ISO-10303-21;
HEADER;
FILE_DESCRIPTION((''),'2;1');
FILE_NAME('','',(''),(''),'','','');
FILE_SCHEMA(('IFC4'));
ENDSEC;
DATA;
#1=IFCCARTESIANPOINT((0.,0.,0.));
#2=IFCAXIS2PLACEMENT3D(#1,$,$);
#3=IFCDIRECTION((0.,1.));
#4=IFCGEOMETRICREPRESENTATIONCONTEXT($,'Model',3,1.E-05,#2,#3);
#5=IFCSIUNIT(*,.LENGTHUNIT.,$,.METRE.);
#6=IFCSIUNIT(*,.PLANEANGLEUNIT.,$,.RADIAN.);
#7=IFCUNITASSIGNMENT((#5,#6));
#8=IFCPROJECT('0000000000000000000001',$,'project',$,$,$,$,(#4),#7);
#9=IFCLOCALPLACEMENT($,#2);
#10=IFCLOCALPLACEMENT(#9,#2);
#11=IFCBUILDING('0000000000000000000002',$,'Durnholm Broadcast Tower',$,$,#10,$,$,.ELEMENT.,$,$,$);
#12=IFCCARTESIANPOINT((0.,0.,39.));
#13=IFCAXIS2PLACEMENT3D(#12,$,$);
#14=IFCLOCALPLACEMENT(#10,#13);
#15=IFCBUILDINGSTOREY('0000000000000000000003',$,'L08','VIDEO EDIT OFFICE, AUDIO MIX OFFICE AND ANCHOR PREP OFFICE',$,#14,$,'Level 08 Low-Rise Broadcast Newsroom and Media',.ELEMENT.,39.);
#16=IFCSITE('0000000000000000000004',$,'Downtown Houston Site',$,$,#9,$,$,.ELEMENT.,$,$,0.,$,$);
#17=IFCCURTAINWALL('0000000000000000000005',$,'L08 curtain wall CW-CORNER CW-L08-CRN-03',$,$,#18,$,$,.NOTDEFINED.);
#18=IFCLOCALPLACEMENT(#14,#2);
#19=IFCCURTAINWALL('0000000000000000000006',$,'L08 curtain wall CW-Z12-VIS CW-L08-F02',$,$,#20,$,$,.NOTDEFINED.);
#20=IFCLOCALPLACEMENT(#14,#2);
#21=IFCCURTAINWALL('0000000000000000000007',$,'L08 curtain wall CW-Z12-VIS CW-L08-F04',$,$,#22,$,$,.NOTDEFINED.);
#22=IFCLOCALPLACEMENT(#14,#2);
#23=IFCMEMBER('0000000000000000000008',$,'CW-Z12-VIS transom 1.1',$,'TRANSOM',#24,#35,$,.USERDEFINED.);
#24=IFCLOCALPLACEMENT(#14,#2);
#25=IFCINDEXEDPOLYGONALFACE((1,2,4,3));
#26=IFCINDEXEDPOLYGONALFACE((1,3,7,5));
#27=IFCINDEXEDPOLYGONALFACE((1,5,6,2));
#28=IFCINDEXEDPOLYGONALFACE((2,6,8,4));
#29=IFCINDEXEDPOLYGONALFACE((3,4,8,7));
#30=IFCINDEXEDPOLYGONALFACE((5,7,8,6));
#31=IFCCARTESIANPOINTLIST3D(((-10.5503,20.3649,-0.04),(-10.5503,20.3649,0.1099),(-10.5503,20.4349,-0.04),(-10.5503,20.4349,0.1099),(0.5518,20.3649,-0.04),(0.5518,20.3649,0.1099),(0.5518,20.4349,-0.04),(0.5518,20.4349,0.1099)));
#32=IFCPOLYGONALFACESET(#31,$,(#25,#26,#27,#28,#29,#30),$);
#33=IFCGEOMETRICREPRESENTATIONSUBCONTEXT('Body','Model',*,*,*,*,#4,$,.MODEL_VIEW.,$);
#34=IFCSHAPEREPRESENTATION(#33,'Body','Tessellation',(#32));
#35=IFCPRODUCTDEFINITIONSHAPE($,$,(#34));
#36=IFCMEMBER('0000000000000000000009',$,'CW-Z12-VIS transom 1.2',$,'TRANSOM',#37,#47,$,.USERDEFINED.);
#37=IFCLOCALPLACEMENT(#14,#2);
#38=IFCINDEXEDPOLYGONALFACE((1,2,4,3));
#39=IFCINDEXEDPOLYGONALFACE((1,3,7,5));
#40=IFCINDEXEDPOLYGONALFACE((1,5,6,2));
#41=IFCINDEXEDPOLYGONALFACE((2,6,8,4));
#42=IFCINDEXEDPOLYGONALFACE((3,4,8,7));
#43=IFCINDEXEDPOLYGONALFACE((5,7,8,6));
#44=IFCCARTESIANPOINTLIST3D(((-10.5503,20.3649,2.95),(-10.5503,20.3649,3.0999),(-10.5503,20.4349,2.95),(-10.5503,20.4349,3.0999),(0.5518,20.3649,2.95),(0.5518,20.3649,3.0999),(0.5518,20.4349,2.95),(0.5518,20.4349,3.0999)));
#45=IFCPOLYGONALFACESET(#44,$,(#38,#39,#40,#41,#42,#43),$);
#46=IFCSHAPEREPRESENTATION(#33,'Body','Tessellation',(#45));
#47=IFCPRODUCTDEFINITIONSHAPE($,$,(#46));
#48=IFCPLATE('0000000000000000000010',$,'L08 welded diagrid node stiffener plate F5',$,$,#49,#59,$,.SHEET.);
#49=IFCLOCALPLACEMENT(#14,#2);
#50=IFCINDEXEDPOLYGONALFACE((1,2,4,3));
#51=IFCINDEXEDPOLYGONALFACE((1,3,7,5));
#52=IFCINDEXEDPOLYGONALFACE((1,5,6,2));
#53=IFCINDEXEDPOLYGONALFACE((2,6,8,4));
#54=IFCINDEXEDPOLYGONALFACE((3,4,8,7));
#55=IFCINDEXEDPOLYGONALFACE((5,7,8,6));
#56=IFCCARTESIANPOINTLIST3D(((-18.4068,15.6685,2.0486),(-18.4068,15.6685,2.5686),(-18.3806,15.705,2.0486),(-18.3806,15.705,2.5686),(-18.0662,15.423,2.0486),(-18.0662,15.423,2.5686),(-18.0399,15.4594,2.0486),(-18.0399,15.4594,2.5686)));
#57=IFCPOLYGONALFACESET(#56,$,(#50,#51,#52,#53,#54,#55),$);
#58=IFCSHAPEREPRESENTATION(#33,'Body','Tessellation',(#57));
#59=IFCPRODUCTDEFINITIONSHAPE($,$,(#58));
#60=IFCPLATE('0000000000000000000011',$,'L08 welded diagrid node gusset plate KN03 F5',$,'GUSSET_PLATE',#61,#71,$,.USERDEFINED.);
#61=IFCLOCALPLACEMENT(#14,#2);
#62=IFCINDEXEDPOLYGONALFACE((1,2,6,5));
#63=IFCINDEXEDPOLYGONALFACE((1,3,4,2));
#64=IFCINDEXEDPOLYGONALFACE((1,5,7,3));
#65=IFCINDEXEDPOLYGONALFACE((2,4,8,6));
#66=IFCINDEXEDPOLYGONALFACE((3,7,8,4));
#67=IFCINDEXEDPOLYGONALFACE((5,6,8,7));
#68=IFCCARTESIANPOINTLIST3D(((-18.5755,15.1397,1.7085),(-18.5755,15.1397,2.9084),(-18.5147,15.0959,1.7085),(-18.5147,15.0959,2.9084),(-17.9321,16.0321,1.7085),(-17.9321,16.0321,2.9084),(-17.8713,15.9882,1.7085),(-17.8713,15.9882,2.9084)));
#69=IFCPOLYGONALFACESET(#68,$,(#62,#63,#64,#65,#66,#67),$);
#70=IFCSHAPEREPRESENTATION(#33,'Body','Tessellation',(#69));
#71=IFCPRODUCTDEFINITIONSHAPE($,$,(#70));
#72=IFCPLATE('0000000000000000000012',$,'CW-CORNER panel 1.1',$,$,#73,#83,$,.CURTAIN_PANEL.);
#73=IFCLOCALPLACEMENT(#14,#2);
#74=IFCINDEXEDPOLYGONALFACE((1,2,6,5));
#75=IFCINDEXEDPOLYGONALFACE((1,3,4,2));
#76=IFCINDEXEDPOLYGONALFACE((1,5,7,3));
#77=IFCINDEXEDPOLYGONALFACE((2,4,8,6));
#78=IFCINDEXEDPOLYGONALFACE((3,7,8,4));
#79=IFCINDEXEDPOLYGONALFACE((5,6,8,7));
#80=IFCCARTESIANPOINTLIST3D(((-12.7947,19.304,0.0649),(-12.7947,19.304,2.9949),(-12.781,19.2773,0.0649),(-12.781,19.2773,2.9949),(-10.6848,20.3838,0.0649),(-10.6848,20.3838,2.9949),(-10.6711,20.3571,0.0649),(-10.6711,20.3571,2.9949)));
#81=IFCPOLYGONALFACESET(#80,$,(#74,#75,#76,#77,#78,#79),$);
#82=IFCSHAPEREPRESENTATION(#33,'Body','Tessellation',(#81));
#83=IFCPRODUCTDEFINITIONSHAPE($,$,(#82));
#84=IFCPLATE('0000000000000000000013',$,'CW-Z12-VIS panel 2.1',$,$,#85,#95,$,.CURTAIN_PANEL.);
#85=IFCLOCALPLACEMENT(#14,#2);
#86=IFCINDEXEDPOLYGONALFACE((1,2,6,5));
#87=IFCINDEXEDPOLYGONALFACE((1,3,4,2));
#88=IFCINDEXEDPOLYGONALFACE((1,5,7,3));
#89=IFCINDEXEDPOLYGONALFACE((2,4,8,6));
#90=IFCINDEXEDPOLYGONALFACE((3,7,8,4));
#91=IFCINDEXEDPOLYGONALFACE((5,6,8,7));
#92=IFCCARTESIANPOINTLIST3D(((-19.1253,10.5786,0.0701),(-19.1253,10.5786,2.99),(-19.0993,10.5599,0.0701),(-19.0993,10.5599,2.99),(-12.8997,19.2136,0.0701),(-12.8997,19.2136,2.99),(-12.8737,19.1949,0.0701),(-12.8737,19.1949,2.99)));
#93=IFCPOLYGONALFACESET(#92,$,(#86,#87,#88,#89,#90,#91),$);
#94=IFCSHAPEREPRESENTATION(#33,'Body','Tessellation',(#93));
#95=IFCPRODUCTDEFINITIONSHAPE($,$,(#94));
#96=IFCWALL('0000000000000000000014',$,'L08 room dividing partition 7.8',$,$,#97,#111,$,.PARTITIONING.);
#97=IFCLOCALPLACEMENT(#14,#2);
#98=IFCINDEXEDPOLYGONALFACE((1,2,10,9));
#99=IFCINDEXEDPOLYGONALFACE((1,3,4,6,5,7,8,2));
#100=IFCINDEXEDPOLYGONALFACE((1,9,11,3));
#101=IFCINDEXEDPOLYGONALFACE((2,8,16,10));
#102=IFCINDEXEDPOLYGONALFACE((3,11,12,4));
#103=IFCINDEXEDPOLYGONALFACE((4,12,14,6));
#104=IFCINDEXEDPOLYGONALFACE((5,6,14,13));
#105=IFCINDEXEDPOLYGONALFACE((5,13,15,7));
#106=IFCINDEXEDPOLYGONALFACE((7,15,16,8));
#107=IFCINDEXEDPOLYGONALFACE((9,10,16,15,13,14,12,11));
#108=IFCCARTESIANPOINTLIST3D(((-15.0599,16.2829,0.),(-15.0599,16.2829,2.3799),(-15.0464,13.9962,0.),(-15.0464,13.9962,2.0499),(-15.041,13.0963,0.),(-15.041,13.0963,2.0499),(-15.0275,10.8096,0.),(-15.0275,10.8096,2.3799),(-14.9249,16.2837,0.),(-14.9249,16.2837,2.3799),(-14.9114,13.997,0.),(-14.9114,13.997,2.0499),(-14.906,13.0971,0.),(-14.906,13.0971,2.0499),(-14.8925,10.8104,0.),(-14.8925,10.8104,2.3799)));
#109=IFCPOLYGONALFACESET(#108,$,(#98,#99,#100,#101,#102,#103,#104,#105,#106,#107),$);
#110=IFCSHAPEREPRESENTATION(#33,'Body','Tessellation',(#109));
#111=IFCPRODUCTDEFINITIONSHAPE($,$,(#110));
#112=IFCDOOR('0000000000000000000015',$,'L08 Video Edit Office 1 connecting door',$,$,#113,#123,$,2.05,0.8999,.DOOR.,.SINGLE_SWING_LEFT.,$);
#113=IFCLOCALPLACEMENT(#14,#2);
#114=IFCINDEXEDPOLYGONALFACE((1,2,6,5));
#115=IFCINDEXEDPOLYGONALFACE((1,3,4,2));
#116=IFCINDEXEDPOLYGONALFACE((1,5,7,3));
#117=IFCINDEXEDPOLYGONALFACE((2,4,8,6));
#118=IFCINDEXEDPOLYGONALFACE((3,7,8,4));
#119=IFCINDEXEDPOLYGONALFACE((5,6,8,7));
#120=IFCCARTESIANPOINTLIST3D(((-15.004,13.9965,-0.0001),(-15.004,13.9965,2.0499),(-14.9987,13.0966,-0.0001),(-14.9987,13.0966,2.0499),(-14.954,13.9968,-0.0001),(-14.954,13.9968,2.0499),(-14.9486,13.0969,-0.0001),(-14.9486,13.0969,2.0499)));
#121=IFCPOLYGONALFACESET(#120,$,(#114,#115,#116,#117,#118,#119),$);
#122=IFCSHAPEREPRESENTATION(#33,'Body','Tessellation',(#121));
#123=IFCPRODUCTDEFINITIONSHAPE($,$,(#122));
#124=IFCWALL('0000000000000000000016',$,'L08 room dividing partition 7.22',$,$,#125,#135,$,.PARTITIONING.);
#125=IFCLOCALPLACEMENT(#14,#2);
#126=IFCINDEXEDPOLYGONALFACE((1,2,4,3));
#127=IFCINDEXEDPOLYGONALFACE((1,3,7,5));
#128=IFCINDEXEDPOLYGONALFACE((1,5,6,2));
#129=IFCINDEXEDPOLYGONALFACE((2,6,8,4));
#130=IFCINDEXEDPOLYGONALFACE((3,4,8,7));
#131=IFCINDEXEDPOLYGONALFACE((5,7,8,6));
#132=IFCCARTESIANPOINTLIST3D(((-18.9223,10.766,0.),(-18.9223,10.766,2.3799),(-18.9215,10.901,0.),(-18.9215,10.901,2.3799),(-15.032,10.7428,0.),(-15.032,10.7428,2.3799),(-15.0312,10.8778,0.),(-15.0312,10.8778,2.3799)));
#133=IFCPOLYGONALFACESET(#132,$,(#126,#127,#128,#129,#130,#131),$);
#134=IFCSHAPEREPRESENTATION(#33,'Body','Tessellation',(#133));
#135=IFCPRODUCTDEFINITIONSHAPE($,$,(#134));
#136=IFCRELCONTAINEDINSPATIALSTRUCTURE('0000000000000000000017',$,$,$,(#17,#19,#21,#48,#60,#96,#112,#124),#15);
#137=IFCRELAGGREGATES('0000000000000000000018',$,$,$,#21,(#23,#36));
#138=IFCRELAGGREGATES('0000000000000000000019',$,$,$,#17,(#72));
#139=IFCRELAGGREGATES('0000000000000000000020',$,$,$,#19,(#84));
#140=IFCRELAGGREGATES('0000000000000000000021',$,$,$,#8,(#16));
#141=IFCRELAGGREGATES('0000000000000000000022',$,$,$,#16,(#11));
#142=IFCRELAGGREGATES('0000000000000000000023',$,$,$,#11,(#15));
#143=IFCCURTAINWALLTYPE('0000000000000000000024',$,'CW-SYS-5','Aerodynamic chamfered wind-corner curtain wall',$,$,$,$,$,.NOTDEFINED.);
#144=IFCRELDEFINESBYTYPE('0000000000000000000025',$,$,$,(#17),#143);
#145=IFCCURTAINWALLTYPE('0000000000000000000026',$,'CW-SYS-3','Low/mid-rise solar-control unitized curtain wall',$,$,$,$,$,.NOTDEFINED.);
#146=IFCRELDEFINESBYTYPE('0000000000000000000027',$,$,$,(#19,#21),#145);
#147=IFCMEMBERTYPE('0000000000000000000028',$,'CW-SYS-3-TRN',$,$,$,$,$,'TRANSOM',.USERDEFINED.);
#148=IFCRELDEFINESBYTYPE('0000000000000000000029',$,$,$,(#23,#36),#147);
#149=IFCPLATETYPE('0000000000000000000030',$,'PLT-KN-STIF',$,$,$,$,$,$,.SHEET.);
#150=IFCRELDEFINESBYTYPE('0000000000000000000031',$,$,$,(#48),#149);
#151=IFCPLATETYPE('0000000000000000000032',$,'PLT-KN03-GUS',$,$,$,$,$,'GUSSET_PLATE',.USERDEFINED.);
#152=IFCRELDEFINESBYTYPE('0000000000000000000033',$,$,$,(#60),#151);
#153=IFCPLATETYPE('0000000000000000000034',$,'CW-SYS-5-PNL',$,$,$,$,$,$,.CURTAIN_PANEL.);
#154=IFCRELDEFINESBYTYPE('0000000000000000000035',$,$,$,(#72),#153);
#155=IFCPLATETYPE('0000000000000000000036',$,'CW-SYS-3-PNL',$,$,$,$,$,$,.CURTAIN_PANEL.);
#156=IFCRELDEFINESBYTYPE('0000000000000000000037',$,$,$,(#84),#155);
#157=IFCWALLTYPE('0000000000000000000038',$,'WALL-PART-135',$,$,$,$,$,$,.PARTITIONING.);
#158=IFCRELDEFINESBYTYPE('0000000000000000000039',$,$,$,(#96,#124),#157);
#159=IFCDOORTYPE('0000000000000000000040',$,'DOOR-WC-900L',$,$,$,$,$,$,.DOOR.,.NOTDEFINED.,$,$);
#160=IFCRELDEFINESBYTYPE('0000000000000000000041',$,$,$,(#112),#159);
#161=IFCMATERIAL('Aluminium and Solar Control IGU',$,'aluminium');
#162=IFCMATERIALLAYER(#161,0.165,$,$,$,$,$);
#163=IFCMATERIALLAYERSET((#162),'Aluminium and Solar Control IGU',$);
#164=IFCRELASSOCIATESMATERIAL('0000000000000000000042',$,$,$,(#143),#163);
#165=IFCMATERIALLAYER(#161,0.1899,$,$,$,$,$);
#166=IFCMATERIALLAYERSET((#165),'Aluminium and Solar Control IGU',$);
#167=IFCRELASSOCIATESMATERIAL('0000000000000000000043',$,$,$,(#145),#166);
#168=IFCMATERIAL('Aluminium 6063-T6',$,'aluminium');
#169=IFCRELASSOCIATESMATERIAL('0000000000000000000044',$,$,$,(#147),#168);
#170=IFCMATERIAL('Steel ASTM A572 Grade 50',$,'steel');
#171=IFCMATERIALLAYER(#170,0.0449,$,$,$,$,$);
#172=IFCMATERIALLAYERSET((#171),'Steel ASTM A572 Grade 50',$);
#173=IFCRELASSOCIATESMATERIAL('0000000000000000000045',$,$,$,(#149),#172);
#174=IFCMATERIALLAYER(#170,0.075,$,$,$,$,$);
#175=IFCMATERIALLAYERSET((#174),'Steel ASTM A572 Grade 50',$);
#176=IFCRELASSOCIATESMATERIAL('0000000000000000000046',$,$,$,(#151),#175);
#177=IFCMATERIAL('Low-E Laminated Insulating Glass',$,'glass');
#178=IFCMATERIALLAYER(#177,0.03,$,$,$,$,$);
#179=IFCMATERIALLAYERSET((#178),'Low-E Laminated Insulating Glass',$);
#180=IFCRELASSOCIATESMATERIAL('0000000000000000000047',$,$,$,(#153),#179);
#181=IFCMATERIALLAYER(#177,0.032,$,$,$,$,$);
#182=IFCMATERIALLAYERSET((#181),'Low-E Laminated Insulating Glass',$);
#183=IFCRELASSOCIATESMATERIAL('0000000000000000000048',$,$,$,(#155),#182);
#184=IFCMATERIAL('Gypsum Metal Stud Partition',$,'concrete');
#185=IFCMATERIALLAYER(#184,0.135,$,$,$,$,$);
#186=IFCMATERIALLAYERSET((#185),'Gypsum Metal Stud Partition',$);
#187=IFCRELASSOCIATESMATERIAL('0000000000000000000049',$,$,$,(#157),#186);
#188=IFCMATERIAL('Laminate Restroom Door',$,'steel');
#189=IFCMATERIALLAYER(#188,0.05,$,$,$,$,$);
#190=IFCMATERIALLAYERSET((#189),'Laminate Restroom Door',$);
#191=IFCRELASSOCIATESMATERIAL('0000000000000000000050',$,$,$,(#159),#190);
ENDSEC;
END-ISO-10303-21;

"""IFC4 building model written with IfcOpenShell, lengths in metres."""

from ifc_helpers import new_model, si_unit, direction, frame, frame_2d, origin, origin_2d, place, context, subcontext, project, spatial, rectangle, extrude, source, transform, mapped, material, layer, layer_set, material_profile, profile_set, type_object, type_shapes, element, fill, aggregate, save


model = new_model("IFC4")

# Units and contexts
model_context = context("Model", 3, precision=1e-05, world=origin(), true_north=direction((0.0, 1.0)))
body_context = subcontext(model_context, "Body", "Model", "MODEL_VIEW")
ifc_project = project(units=[si_unit("LENGTHUNIT", "METRE"), si_unit("PLANEANGLEUNIT", "RADIAN")], contexts=[model_context])

# Site, building, storey
site_placement = place(None, origin())
site = spatial("IfcSite", under=ifc_project, at=site_placement, Name="Downtown Houston Site", CompositionType="ELEMENT", RefElevation=0.0)
building_placement = place(site_placement, origin())
building = spatial("IfcBuilding", under=site, at=building_placement, Name="Durnholm Broadcast Tower", CompositionType="ELEMENT")
storey_placement = place(building_placement, frame((0.0, 0.0, 39.0)))
storey = spatial("IfcBuildingStorey", under=building, at=storey_placement, Name="L08", Description="VIDEO EDIT OFFICE, AUDIO MIX OFFICE AND ANCHOR PREP OFFICE", LongName="Level 08 Low-Rise Broadcast Newsroom and Media", CompositionType="ELEMENT", Elevation=39.0)

# Curtain wall
ifc_material_1 = material(Name="Aluminium and Solar Control IGU", Category="aluminium")
ifc_layer_1 = layer(ifc_material_1, 0.165)
ifc_layer_set_1 = layer_set([ifc_layer_1], Name="Aluminium and Solar Control IGU")
curtain_wall_type_1 = type_object("IfcCurtainWallType", Name="CW-SYS-5", Description="Aerodynamic chamfered wind-corner curtain wall", PredefinedType="NOTDEFINED", material=ifc_layer_set_1)
curtain_wall_1_placement = place(storey_placement, origin())
curtain_wall_1 = element("IfcCurtainWall", 1, at=curtain_wall_1_placement, inside=storey, type_object=curtain_wall_type_1, Name="L08 curtain wall CW-CORNER CW-L08-CRN-03", PredefinedType="NOTDEFINED")
ifc_material_2 = material(Name="Aluminium 6063-T6", Category="aluminium")

# Curtain wall
ifc_layer_2 = layer(ifc_material_1, 0.1899)
ifc_layer_set_2 = layer_set([ifc_layer_2], Name="Aluminium and Solar Control IGU")
curtain_wall_type_2 = type_object("IfcCurtainWallType", Name="CW-SYS-3", Description="Low/mid-rise solar-control unitized curtain wall", PredefinedType="NOTDEFINED", material=ifc_layer_set_2)
curtain_wall_2_placement = place(storey_placement, origin())
curtain_wall_2 = element("IfcCurtainWall", 2, at=curtain_wall_2_placement, inside=storey, type_object=curtain_wall_type_2, Name="L08 curtain wall CW-Z12-VIS CW-L08-F02", PredefinedType="NOTDEFINED")

# Curtain wall, members
curtain_wall_3_placement = place(storey_placement, origin())
curtain_wall_3 = element("IfcCurtainWall", 3, at=curtain_wall_3_placement, inside=storey, type_object=curtain_wall_type_2, Name="L08 curtain wall CW-Z12-VIS CW-L08-F04", PredefinedType="NOTDEFINED")
ifc_material_profile_1 = material_profile(ifc_material_2, rectangle(XDim=0.0701, YDim=0.1499, at=origin_2d()), Name="CWT70X150")
ifc_profile_set_1 = profile_set([ifc_material_profile_1], Name="Aluminium 6063-T6")
member_type_1 = type_object("IfcMemberType", Name="CW-SYS-3-TRN", ElementType="TRANSOM", PredefinedType="USERDEFINED", material=ifc_profile_set_1)
shared_shape_1 = source(origin(), body_context, "Body", "SweptSolid", [
    extrude(rectangle(XDim=0.0701, YDim=0.1499, at=origin_2d()), origin(), (0.0, 0.0, 1.0), 11.1021),
])
type_shapes(member_type_1, [shared_shape_1])
member_1_placement = place(storey_placement, frame((-10.5503, 20.3999, 0.0349), z_axis=(1.0, 0.0, 0.0), x_axis=(0.0, 1.0, 0.0)))
member_1 = element("IfcMember", 4, at=member_1_placement, type_object=member_type_1, Name="CW-Z12-VIS transom 1.1", ObjectType="TRANSOM", PredefinedType="USERDEFINED", context=body_context, shape_type="MappedRepresentation", body=[
    mapped(shared_shape_1, transform((0.0, 0.0, 0.0), x_axis=(1.0, 0.0, 0.0), y_axis=(0.0, 1.0, 0.0), z_axis=(0.0, 0.0, 1.0), scale=1.0)),
])
member_2_placement = place(storey_placement, frame((-10.5503, 20.3999, 3.0249), z_axis=(1.0, 0.0, 0.0), x_axis=(0.0, 1.0, 0.0)))
member_2 = element("IfcMember", 5, at=member_2_placement, type_object=member_type_1, Name="CW-Z12-VIS transom 1.2", ObjectType="TRANSOM", PredefinedType="USERDEFINED", context=body_context, shape_type="MappedRepresentation", body=[
    mapped(shared_shape_1, transform((0.0, 0.0, 0.0), x_axis=(1.0, 0.0, 0.0), y_axis=(0.0, 1.0, 0.0), z_axis=(0.0, 0.0, 1.0), scale=1.0)),
])
aggregate(curtain_wall_3, [member_1, member_2])

# Plates
ifc_material_3 = material(Name="Steel ASTM A572 Grade 50", Category="steel")
ifc_layer_3 = layer(ifc_material_3, 0.0449)
ifc_layer_set_3 = layer_set([ifc_layer_3], Name="Steel ASTM A572 Grade 50")
plate_type_1 = type_object("IfcPlateType", Name="PLT-KN-STIF", PredefinedType="SHEET", material=ifc_layer_set_3)
shared_shape_2 = source(origin(), body_context, "Body", "SweptSolid", [
    extrude(rectangle(XDim=0.0449, YDim=0.4199, at=origin_2d()), origin(), (0.0, 0.0, 1.0), 0.52),
])
type_shapes(plate_type_1, [shared_shape_2])
plate_1_placement = place(storey_placement, frame((-18.2234, 15.564, 2.0486), z_axis=(0.0, 0.0, 1.0), x_axis=(-0.584816, -0.811166, 0.0)))
element("IfcPlate", 6, at=plate_1_placement, inside=storey, type_object=plate_type_1, Name="L08 welded diagrid node stiffener plate F5", PredefinedType="SHEET", context=body_context, shape_type="MappedRepresentation", body=[
    mapped(shared_shape_2, transform((0.0, 0.0, 0.0), x_axis=(1.0, 0.0, 0.0), y_axis=(0.0, 1.0, 0.0), z_axis=(0.0, 0.0, 1.0), scale=1.0)),
])
ifc_layer_4 = layer(ifc_material_3, 0.075)
ifc_layer_set_4 = layer_set([ifc_layer_4], Name="Steel ASTM A572 Grade 50")
plate_type_2 = type_object("IfcPlateType", Name="PLT-KN03-GUS", ElementType="GUSSET_PLATE", PredefinedType="USERDEFINED", material=ifc_layer_set_4)
shared_shape_3 = source(origin(), body_context, "Body", "SweptSolid", [
    extrude(rectangle(XDim=1.1001, YDim=0.075, at=origin_2d()), origin(), (0.0, 0.0, 1.0), 1.2),
])
type_shapes(plate_type_2, [shared_shape_3])
plate_2_placement = place(storey_placement, frame((-18.2234, 15.564, 1.7085), z_axis=(0.0, 0.0, 1.0), x_axis=(-0.584816, -0.811166, 0.0)))
element("IfcPlate", 7, at=plate_2_placement, inside=storey, type_object=plate_type_2, Name="L08 welded diagrid node gusset plate KN03 F5", ObjectType="GUSSET_PLATE", PredefinedType="USERDEFINED", context=body_context, shape_type="MappedRepresentation", body=[
    mapped(shared_shape_3, transform((0.0, 0.0, 0.0), x_axis=(1.0, 0.0, 0.0), y_axis=(0.0, 1.0, 0.0), z_axis=(0.0, 0.0, 1.0), scale=1.0)),
])

# Plates
ifc_material_4 = material(Name="Low-E Laminated Insulating Glass", Category="glass")
ifc_layer_5 = layer(ifc_material_4, 0.03)
ifc_layer_set_5 = layer_set([ifc_layer_5], Name="Low-E Laminated Insulating Glass")
plate_type_3 = type_object("IfcPlateType", Name="CW-SYS-5-PNL", PredefinedType="CURTAIN_PANEL", material=ifc_layer_set_5)
shared_shape_4 = source(origin(), body_context, "Body", "SweptSolid", [
    extrude(rectangle(XDim=2.3701, YDim=0.03, at=origin_2d()), origin(), (0.0, 0.0, 1.0), 2.9299),
])
type_shapes(plate_type_3, [shared_shape_4])
plate_3_placement = place(storey_placement, frame((-11.7329, 19.8306, 0.0649), z_axis=(0.0, 0.0, 1.0), x_axis=(0.890188, 0.455594, 0.0)))
plate_3 = element("IfcPlate", 8, at=plate_3_placement, type_object=plate_type_3, Name="CW-CORNER panel 1.1", PredefinedType="CURTAIN_PANEL", context=body_context, shape_type="MappedRepresentation", body=[
    mapped(shared_shape_4, transform((0.0, 0.0, 0.0), x_axis=(1.0, 0.0, 0.0), y_axis=(0.0, 1.0, 0.0), z_axis=(0.0, 0.0, 1.0), scale=1.0)),
])
aggregate(curtain_wall_1, [plate_3])
ifc_layer_6 = layer(ifc_material_4, 0.032)
ifc_layer_set_6 = layer_set([ifc_layer_6], Name="Low-E Laminated Insulating Glass")
plate_type_4 = type_object("IfcPlateType", Name="CW-SYS-3-PNL", PredefinedType="CURTAIN_PANEL", material=ifc_layer_set_6)
shared_shape_5 = source(origin(), body_context, "Body", "SweptSolid", [
    extrude(rectangle(XDim=10.6453, YDim=0.032, at=origin_2d()), origin(), (0.0, 0.0, 1.0), 2.9199),
])
type_shapes(plate_type_4, [shared_shape_5])
plate_4_placement = place(storey_placement, frame((-15.9995, 14.8867, 0.0701), z_axis=(0.0, 0.0, 1.0), x_axis=(0.584823, 0.811161, 0.0)))
plate_4 = element("IfcPlate", 9, at=plate_4_placement, type_object=plate_type_4, Name="CW-Z12-VIS panel 2.1", PredefinedType="CURTAIN_PANEL", context=body_context, shape_type="MappedRepresentation", body=[
    mapped(shared_shape_5, transform((0.0, 0.0, 0.0), x_axis=(1.0, 0.0, 0.0), y_axis=(0.0, 1.0, 0.0), z_axis=(0.0, 0.0, 1.0), scale=1.0)),
])
aggregate(curtain_wall_2, [plate_4])

# Wall, opening, door
ifc_material_5 = material(Name="Gypsum Metal Stud Partition", Category="concrete")
ifc_layer_7 = layer(ifc_material_5, 0.135)
ifc_layer_set_7 = layer_set([ifc_layer_7], Name="Gypsum Metal Stud Partition")
wall_type_1 = type_object("IfcWallType", Name="WALL-PART-135", PredefinedType="PARTITIONING", material=ifc_layer_set_7)
wall_1_placement = place(storey_placement, frame((-14.9924, 16.2834, 0.0), z_axis=(0.0, 0.0, 1.0), x_axis=(0.005932, -0.999982, 0.0)))
wall_1 = element("IfcWall", 10, at=wall_1_placement, inside=storey, type_object=wall_type_1, Name="L08 room dividing partition 7.8", PredefinedType="PARTITIONING", context=body_context, shape_type="SweptSolid", body=[
    extrude(rectangle(XDim=5.4734, YDim=0.135, at=frame_2d((2.7368, 0.0))), origin(), (0.0, 0.0, 1.0), 2.3799),
])
opening_1_placement = place(wall_1_placement, frame((2.2869, 0.0, 0.0)))
opening_1 = element("IfcOpeningElement", 11, at=opening_1_placement, cuts=wall_1, PredefinedType="OPENING", context=body_context, shape_type="SweptSolid", body=[
    extrude(rectangle(XDim=0.8999, YDim=2.05, at=frame_2d((0.45, 1.0249))), frame((0.0, 0.0776, 0.0), z_axis=(0.0, -1.0, 0.0), x_axis=(1.0, 0.0, 0.0)), (0.0, 0.0, 1.0), 0.155),
])
ifc_material_6 = material(Name="Laminate Restroom Door", Category="steel")
ifc_layer_8 = layer(ifc_material_6, 0.05)
ifc_layer_set_8 = layer_set([ifc_layer_8], Name="Laminate Restroom Door")
door_type_1 = type_object("IfcDoorType", Name="DOOR-WC-900L", OperationType="NOTDEFINED", PredefinedType="DOOR", material=ifc_layer_set_8)
shared_shape_6 = source(origin(), body_context, "Body", "SweptSolid", [
    extrude(rectangle(XDim=0.8999, YDim=2.05, at=frame_2d((0.45, 1.0249))), frame((0.0, 0.0249, 0.0), z_axis=(0.0, -1.0, 0.0), x_axis=(1.0, 0.0, 0.0)), (0.0, 0.0, 1.0), 0.05),
])
type_shapes(door_type_1, [shared_shape_6])
door_1_placement = place(opening_1_placement, origin())
door_1 = element("IfcDoor", 12, at=door_1_placement, inside=storey, type_object=door_type_1, Name="L08 Video Edit Office 1 connecting door", OperationType="SINGLE_SWING_LEFT", OverallHeight=2.05, OverallWidth=0.8999, PredefinedType="DOOR", context=body_context, shape_type="MappedRepresentation", body=[
    mapped(shared_shape_6, transform((0.0, 0.0, 0.0), x_axis=(1.0, 0.0, 0.0), y_axis=(0.0, 1.0, 0.0), z_axis=(0.0, 0.0, 1.0), scale=1.0)),
])
fill(opening_1, door_1)

# Wall
wall_2_placement = place(storey_placement, frame((-15.0315, 10.8103, 0.0), z_axis=(0.0, 0.0, 1.0), x_axis=(-0.999982, 0.005962, 0.0)))
element("IfcWall", 13, at=wall_2_placement, inside=storey, type_object=wall_type_1, Name="L08 room dividing partition 7.22", PredefinedType="PARTITIONING", context=body_context, shape_type="SweptSolid", body=[
    extrude(rectangle(XDim=3.8904, YDim=0.135, at=frame_2d((1.9453, 0.0))), origin(), (0.0, 0.0, 1.0), 2.3799),
])

save(model, "model.ifc")
